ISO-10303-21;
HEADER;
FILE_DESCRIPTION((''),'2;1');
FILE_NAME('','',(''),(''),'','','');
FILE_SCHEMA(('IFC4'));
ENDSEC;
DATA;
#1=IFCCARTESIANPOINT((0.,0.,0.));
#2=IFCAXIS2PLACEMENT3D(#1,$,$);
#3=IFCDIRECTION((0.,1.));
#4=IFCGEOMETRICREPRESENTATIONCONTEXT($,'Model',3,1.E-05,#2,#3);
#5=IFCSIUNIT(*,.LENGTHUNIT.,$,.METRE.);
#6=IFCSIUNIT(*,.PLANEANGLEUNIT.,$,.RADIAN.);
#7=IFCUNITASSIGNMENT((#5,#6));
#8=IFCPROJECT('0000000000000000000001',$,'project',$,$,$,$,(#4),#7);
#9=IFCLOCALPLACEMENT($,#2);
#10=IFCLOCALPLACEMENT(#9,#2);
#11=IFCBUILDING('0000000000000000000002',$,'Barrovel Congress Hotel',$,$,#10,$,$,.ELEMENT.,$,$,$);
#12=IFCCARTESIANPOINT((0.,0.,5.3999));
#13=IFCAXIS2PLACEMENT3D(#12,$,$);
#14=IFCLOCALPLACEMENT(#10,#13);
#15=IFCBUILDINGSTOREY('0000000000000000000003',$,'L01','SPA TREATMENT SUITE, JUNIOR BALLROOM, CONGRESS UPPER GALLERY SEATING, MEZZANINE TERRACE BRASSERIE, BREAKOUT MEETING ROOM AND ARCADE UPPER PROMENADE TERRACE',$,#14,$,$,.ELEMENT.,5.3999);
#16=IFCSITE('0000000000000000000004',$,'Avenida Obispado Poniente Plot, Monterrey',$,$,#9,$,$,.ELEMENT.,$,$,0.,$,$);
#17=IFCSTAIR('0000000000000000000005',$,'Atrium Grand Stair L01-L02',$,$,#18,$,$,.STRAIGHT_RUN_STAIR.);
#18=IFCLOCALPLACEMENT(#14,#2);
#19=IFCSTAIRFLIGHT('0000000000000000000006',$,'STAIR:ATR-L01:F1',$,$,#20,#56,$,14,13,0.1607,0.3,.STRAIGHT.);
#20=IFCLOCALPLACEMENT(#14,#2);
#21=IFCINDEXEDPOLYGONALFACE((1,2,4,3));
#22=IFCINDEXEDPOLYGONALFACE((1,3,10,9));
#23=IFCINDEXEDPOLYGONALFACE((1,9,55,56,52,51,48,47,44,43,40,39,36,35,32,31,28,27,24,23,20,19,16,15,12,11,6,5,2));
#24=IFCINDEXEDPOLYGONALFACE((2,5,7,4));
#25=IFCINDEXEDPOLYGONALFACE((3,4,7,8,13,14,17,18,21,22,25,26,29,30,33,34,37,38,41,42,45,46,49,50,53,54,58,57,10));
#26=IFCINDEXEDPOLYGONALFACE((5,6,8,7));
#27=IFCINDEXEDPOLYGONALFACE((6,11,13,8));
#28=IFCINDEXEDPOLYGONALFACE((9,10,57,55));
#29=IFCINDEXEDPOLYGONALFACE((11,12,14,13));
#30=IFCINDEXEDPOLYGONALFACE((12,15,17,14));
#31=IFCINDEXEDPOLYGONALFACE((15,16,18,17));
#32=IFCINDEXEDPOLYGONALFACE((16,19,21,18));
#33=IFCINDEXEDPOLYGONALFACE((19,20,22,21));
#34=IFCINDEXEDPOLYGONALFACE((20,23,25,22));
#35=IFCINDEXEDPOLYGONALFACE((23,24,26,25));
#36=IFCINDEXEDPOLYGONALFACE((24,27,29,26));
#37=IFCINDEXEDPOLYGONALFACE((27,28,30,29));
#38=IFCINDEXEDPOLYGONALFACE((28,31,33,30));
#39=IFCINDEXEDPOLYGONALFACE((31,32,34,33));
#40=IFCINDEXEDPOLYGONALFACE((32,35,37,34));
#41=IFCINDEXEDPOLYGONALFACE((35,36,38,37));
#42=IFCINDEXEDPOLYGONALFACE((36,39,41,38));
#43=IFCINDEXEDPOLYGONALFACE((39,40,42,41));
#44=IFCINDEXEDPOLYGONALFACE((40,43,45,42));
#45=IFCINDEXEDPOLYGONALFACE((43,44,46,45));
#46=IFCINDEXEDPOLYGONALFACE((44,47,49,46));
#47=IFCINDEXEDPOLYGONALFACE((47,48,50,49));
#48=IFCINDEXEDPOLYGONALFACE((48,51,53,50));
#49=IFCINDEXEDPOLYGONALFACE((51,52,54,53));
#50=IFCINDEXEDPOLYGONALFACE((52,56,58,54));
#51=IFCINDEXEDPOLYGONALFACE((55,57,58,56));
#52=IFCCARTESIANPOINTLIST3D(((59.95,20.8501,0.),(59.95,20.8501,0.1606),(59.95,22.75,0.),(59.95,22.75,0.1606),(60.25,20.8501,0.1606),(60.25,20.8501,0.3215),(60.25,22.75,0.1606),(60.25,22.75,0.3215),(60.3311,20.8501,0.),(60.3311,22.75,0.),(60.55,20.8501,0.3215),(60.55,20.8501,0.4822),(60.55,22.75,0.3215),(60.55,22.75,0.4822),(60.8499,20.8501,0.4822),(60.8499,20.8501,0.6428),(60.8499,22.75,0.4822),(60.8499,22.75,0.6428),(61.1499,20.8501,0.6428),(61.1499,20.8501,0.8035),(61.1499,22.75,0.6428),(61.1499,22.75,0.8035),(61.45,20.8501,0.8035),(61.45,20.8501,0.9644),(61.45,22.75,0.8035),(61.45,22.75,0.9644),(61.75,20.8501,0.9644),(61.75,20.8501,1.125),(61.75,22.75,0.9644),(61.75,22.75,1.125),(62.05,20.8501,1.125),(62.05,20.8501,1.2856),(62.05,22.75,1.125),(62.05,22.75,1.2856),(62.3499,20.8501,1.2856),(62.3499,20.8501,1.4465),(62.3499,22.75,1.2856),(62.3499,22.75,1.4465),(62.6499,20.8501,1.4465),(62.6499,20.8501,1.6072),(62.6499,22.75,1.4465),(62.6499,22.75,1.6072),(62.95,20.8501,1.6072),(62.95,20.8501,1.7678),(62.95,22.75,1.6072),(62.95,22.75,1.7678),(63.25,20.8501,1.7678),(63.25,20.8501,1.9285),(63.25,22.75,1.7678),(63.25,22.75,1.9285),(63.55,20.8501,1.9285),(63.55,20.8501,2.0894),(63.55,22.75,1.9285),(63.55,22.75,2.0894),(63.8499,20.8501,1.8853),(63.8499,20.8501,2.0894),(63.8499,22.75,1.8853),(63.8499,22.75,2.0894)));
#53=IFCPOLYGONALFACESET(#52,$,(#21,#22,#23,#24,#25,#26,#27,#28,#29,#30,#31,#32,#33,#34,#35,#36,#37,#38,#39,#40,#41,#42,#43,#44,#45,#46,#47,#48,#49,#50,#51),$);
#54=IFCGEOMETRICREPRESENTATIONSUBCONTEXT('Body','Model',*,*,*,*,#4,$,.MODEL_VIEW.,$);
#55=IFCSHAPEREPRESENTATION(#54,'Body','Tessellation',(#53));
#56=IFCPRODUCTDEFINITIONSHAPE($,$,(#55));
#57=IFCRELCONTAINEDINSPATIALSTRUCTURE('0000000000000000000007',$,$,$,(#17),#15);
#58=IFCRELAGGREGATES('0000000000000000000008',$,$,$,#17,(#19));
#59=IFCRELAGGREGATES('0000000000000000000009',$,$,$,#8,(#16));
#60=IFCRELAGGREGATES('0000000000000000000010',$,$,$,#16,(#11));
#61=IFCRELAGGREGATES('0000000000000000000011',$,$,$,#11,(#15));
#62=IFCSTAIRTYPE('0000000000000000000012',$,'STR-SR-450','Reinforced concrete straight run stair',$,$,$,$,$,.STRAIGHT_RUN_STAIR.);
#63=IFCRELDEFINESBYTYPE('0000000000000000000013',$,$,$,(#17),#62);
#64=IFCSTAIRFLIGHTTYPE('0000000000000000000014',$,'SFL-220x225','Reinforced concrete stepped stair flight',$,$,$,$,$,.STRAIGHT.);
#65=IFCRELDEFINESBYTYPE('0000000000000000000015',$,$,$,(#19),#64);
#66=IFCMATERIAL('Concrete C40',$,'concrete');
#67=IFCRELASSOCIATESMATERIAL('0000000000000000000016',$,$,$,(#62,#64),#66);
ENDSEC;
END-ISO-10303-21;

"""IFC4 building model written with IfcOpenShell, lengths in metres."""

from ifc_helpers import new_model, si_unit, direction, frame, origin, place, context, subcontext, project, spatial, polyline, outline, extrude, material, type_object, element, aggregate, save


model = new_model("IFC4")

# Units and contexts
model_context = context("Model", 3, precision=1e-05, world=origin(), true_north=direction((0.0, 1.0)))
body_context = subcontext(model_context, "Body", "Model", "MODEL_VIEW")
ifc_project = project(units=[si_unit("LENGTHUNIT", "METRE"), si_unit("PLANEANGLEUNIT", "RADIAN")], contexts=[model_context])

# Site, building, storey
site_placement = place(None, origin())
site = spatial("IfcSite", under=ifc_project, at=site_placement, Name="Avenida Obispado Poniente Plot, Monterrey", CompositionType="ELEMENT", RefElevation=0.0)
building_placement = place(site_placement, origin())
building = spatial("IfcBuilding", under=site, at=building_placement, Name="Barrovel Congress Hotel", CompositionType="ELEMENT")
storey_placement = place(building_placement, frame((0.0, 0.0, 5.3999)))
storey = spatial("IfcBuildingStorey", under=building, at=storey_placement, Name="L01", Description="SPA TREATMENT SUITE, JUNIOR BALLROOM, CONGRESS UPPER GALLERY SEATING, MEZZANINE TERRACE BRASSERIE, BREAKOUT MEETING ROOM AND ARCADE UPPER PROMENADE TERRACE", CompositionType="ELEMENT", Elevation=5.3999)

# Shared definitions
ifc_material_1 = material(Name="Concrete C40", Category="concrete")

# Stair, stair flight
stair_type = type_object("IfcStairType", Name="STR-SR-450", Description="Reinforced concrete straight run stair", PredefinedType="STRAIGHT_RUN_STAIR", material=ifc_material_1)
stair_placement = place(storey_placement, origin())
stair = element("IfcStair", 1, at=stair_placement, inside=storey, type_object=stair_type, Name="Atrium Grand Stair L01-L02", PredefinedType="STRAIGHT_RUN_STAIR")
stair_flight_type = type_object("IfcStairFlightType", Name="SFL-220x225", Description="Reinforced concrete stepped stair flight", PredefinedType="STRAIGHT", material=ifc_material_1)
stair_flight_placement = place(storey_placement, frame((59.95, 21.8, 0.0), z_axis=(0.0, 0.0, 1.0), x_axis=(1.0, 0.0, 0.0)))
stair_flight = element("IfcStairFlight", 2, at=stair_flight_placement, type_object=stair_flight_type, Name="STAIR:ATR-L01:F1", NumberOfRisers=14, NumberOfTreads=13, PredefinedType="STRAIGHT", RiserHeight=0.1607, TreadLength=0.3, context=body_context, shape_type="SweptSolid", body=[
    extrude(outline(polyline([(0.0, 0.0), (0.0, 0.1606), (0.3, 0.1606), (0.3, 0.3215), (0.6001, 0.3215), (0.6001, 0.4822), (0.8999, 0.4822), (0.8999, 0.6428), (1.2, 0.6428), (1.2, 0.8035), (1.5, 0.8035), (1.5, 0.9644), (1.8, 0.9644), (1.8, 1.125), (2.1001, 1.125), (2.1001, 1.2856), (2.3999, 1.2856), (2.3999, 1.4465), (2.7, 1.4465), (2.7, 1.6072), (3.0, 1.6072), (3.0, 1.7678), (3.3, 1.7678), (3.3, 1.9285), (3.6001, 1.9285), (3.6001, 2.0894), (3.8999, 2.0894), (3.8999, 2.25), (3.8999, 1.8853), (0.3811, 0.0), (0.0, 0.0)])), frame((0.0, 0.95, 0.0), z_axis=(0.0, -1.0, 0.0), x_axis=(1.0, 0.0, 0.0)), (0.0, 0.0, 1.0), 1.8999),
])
aggregate(stair, [stair_flight])

save(model, "model.ifc")
